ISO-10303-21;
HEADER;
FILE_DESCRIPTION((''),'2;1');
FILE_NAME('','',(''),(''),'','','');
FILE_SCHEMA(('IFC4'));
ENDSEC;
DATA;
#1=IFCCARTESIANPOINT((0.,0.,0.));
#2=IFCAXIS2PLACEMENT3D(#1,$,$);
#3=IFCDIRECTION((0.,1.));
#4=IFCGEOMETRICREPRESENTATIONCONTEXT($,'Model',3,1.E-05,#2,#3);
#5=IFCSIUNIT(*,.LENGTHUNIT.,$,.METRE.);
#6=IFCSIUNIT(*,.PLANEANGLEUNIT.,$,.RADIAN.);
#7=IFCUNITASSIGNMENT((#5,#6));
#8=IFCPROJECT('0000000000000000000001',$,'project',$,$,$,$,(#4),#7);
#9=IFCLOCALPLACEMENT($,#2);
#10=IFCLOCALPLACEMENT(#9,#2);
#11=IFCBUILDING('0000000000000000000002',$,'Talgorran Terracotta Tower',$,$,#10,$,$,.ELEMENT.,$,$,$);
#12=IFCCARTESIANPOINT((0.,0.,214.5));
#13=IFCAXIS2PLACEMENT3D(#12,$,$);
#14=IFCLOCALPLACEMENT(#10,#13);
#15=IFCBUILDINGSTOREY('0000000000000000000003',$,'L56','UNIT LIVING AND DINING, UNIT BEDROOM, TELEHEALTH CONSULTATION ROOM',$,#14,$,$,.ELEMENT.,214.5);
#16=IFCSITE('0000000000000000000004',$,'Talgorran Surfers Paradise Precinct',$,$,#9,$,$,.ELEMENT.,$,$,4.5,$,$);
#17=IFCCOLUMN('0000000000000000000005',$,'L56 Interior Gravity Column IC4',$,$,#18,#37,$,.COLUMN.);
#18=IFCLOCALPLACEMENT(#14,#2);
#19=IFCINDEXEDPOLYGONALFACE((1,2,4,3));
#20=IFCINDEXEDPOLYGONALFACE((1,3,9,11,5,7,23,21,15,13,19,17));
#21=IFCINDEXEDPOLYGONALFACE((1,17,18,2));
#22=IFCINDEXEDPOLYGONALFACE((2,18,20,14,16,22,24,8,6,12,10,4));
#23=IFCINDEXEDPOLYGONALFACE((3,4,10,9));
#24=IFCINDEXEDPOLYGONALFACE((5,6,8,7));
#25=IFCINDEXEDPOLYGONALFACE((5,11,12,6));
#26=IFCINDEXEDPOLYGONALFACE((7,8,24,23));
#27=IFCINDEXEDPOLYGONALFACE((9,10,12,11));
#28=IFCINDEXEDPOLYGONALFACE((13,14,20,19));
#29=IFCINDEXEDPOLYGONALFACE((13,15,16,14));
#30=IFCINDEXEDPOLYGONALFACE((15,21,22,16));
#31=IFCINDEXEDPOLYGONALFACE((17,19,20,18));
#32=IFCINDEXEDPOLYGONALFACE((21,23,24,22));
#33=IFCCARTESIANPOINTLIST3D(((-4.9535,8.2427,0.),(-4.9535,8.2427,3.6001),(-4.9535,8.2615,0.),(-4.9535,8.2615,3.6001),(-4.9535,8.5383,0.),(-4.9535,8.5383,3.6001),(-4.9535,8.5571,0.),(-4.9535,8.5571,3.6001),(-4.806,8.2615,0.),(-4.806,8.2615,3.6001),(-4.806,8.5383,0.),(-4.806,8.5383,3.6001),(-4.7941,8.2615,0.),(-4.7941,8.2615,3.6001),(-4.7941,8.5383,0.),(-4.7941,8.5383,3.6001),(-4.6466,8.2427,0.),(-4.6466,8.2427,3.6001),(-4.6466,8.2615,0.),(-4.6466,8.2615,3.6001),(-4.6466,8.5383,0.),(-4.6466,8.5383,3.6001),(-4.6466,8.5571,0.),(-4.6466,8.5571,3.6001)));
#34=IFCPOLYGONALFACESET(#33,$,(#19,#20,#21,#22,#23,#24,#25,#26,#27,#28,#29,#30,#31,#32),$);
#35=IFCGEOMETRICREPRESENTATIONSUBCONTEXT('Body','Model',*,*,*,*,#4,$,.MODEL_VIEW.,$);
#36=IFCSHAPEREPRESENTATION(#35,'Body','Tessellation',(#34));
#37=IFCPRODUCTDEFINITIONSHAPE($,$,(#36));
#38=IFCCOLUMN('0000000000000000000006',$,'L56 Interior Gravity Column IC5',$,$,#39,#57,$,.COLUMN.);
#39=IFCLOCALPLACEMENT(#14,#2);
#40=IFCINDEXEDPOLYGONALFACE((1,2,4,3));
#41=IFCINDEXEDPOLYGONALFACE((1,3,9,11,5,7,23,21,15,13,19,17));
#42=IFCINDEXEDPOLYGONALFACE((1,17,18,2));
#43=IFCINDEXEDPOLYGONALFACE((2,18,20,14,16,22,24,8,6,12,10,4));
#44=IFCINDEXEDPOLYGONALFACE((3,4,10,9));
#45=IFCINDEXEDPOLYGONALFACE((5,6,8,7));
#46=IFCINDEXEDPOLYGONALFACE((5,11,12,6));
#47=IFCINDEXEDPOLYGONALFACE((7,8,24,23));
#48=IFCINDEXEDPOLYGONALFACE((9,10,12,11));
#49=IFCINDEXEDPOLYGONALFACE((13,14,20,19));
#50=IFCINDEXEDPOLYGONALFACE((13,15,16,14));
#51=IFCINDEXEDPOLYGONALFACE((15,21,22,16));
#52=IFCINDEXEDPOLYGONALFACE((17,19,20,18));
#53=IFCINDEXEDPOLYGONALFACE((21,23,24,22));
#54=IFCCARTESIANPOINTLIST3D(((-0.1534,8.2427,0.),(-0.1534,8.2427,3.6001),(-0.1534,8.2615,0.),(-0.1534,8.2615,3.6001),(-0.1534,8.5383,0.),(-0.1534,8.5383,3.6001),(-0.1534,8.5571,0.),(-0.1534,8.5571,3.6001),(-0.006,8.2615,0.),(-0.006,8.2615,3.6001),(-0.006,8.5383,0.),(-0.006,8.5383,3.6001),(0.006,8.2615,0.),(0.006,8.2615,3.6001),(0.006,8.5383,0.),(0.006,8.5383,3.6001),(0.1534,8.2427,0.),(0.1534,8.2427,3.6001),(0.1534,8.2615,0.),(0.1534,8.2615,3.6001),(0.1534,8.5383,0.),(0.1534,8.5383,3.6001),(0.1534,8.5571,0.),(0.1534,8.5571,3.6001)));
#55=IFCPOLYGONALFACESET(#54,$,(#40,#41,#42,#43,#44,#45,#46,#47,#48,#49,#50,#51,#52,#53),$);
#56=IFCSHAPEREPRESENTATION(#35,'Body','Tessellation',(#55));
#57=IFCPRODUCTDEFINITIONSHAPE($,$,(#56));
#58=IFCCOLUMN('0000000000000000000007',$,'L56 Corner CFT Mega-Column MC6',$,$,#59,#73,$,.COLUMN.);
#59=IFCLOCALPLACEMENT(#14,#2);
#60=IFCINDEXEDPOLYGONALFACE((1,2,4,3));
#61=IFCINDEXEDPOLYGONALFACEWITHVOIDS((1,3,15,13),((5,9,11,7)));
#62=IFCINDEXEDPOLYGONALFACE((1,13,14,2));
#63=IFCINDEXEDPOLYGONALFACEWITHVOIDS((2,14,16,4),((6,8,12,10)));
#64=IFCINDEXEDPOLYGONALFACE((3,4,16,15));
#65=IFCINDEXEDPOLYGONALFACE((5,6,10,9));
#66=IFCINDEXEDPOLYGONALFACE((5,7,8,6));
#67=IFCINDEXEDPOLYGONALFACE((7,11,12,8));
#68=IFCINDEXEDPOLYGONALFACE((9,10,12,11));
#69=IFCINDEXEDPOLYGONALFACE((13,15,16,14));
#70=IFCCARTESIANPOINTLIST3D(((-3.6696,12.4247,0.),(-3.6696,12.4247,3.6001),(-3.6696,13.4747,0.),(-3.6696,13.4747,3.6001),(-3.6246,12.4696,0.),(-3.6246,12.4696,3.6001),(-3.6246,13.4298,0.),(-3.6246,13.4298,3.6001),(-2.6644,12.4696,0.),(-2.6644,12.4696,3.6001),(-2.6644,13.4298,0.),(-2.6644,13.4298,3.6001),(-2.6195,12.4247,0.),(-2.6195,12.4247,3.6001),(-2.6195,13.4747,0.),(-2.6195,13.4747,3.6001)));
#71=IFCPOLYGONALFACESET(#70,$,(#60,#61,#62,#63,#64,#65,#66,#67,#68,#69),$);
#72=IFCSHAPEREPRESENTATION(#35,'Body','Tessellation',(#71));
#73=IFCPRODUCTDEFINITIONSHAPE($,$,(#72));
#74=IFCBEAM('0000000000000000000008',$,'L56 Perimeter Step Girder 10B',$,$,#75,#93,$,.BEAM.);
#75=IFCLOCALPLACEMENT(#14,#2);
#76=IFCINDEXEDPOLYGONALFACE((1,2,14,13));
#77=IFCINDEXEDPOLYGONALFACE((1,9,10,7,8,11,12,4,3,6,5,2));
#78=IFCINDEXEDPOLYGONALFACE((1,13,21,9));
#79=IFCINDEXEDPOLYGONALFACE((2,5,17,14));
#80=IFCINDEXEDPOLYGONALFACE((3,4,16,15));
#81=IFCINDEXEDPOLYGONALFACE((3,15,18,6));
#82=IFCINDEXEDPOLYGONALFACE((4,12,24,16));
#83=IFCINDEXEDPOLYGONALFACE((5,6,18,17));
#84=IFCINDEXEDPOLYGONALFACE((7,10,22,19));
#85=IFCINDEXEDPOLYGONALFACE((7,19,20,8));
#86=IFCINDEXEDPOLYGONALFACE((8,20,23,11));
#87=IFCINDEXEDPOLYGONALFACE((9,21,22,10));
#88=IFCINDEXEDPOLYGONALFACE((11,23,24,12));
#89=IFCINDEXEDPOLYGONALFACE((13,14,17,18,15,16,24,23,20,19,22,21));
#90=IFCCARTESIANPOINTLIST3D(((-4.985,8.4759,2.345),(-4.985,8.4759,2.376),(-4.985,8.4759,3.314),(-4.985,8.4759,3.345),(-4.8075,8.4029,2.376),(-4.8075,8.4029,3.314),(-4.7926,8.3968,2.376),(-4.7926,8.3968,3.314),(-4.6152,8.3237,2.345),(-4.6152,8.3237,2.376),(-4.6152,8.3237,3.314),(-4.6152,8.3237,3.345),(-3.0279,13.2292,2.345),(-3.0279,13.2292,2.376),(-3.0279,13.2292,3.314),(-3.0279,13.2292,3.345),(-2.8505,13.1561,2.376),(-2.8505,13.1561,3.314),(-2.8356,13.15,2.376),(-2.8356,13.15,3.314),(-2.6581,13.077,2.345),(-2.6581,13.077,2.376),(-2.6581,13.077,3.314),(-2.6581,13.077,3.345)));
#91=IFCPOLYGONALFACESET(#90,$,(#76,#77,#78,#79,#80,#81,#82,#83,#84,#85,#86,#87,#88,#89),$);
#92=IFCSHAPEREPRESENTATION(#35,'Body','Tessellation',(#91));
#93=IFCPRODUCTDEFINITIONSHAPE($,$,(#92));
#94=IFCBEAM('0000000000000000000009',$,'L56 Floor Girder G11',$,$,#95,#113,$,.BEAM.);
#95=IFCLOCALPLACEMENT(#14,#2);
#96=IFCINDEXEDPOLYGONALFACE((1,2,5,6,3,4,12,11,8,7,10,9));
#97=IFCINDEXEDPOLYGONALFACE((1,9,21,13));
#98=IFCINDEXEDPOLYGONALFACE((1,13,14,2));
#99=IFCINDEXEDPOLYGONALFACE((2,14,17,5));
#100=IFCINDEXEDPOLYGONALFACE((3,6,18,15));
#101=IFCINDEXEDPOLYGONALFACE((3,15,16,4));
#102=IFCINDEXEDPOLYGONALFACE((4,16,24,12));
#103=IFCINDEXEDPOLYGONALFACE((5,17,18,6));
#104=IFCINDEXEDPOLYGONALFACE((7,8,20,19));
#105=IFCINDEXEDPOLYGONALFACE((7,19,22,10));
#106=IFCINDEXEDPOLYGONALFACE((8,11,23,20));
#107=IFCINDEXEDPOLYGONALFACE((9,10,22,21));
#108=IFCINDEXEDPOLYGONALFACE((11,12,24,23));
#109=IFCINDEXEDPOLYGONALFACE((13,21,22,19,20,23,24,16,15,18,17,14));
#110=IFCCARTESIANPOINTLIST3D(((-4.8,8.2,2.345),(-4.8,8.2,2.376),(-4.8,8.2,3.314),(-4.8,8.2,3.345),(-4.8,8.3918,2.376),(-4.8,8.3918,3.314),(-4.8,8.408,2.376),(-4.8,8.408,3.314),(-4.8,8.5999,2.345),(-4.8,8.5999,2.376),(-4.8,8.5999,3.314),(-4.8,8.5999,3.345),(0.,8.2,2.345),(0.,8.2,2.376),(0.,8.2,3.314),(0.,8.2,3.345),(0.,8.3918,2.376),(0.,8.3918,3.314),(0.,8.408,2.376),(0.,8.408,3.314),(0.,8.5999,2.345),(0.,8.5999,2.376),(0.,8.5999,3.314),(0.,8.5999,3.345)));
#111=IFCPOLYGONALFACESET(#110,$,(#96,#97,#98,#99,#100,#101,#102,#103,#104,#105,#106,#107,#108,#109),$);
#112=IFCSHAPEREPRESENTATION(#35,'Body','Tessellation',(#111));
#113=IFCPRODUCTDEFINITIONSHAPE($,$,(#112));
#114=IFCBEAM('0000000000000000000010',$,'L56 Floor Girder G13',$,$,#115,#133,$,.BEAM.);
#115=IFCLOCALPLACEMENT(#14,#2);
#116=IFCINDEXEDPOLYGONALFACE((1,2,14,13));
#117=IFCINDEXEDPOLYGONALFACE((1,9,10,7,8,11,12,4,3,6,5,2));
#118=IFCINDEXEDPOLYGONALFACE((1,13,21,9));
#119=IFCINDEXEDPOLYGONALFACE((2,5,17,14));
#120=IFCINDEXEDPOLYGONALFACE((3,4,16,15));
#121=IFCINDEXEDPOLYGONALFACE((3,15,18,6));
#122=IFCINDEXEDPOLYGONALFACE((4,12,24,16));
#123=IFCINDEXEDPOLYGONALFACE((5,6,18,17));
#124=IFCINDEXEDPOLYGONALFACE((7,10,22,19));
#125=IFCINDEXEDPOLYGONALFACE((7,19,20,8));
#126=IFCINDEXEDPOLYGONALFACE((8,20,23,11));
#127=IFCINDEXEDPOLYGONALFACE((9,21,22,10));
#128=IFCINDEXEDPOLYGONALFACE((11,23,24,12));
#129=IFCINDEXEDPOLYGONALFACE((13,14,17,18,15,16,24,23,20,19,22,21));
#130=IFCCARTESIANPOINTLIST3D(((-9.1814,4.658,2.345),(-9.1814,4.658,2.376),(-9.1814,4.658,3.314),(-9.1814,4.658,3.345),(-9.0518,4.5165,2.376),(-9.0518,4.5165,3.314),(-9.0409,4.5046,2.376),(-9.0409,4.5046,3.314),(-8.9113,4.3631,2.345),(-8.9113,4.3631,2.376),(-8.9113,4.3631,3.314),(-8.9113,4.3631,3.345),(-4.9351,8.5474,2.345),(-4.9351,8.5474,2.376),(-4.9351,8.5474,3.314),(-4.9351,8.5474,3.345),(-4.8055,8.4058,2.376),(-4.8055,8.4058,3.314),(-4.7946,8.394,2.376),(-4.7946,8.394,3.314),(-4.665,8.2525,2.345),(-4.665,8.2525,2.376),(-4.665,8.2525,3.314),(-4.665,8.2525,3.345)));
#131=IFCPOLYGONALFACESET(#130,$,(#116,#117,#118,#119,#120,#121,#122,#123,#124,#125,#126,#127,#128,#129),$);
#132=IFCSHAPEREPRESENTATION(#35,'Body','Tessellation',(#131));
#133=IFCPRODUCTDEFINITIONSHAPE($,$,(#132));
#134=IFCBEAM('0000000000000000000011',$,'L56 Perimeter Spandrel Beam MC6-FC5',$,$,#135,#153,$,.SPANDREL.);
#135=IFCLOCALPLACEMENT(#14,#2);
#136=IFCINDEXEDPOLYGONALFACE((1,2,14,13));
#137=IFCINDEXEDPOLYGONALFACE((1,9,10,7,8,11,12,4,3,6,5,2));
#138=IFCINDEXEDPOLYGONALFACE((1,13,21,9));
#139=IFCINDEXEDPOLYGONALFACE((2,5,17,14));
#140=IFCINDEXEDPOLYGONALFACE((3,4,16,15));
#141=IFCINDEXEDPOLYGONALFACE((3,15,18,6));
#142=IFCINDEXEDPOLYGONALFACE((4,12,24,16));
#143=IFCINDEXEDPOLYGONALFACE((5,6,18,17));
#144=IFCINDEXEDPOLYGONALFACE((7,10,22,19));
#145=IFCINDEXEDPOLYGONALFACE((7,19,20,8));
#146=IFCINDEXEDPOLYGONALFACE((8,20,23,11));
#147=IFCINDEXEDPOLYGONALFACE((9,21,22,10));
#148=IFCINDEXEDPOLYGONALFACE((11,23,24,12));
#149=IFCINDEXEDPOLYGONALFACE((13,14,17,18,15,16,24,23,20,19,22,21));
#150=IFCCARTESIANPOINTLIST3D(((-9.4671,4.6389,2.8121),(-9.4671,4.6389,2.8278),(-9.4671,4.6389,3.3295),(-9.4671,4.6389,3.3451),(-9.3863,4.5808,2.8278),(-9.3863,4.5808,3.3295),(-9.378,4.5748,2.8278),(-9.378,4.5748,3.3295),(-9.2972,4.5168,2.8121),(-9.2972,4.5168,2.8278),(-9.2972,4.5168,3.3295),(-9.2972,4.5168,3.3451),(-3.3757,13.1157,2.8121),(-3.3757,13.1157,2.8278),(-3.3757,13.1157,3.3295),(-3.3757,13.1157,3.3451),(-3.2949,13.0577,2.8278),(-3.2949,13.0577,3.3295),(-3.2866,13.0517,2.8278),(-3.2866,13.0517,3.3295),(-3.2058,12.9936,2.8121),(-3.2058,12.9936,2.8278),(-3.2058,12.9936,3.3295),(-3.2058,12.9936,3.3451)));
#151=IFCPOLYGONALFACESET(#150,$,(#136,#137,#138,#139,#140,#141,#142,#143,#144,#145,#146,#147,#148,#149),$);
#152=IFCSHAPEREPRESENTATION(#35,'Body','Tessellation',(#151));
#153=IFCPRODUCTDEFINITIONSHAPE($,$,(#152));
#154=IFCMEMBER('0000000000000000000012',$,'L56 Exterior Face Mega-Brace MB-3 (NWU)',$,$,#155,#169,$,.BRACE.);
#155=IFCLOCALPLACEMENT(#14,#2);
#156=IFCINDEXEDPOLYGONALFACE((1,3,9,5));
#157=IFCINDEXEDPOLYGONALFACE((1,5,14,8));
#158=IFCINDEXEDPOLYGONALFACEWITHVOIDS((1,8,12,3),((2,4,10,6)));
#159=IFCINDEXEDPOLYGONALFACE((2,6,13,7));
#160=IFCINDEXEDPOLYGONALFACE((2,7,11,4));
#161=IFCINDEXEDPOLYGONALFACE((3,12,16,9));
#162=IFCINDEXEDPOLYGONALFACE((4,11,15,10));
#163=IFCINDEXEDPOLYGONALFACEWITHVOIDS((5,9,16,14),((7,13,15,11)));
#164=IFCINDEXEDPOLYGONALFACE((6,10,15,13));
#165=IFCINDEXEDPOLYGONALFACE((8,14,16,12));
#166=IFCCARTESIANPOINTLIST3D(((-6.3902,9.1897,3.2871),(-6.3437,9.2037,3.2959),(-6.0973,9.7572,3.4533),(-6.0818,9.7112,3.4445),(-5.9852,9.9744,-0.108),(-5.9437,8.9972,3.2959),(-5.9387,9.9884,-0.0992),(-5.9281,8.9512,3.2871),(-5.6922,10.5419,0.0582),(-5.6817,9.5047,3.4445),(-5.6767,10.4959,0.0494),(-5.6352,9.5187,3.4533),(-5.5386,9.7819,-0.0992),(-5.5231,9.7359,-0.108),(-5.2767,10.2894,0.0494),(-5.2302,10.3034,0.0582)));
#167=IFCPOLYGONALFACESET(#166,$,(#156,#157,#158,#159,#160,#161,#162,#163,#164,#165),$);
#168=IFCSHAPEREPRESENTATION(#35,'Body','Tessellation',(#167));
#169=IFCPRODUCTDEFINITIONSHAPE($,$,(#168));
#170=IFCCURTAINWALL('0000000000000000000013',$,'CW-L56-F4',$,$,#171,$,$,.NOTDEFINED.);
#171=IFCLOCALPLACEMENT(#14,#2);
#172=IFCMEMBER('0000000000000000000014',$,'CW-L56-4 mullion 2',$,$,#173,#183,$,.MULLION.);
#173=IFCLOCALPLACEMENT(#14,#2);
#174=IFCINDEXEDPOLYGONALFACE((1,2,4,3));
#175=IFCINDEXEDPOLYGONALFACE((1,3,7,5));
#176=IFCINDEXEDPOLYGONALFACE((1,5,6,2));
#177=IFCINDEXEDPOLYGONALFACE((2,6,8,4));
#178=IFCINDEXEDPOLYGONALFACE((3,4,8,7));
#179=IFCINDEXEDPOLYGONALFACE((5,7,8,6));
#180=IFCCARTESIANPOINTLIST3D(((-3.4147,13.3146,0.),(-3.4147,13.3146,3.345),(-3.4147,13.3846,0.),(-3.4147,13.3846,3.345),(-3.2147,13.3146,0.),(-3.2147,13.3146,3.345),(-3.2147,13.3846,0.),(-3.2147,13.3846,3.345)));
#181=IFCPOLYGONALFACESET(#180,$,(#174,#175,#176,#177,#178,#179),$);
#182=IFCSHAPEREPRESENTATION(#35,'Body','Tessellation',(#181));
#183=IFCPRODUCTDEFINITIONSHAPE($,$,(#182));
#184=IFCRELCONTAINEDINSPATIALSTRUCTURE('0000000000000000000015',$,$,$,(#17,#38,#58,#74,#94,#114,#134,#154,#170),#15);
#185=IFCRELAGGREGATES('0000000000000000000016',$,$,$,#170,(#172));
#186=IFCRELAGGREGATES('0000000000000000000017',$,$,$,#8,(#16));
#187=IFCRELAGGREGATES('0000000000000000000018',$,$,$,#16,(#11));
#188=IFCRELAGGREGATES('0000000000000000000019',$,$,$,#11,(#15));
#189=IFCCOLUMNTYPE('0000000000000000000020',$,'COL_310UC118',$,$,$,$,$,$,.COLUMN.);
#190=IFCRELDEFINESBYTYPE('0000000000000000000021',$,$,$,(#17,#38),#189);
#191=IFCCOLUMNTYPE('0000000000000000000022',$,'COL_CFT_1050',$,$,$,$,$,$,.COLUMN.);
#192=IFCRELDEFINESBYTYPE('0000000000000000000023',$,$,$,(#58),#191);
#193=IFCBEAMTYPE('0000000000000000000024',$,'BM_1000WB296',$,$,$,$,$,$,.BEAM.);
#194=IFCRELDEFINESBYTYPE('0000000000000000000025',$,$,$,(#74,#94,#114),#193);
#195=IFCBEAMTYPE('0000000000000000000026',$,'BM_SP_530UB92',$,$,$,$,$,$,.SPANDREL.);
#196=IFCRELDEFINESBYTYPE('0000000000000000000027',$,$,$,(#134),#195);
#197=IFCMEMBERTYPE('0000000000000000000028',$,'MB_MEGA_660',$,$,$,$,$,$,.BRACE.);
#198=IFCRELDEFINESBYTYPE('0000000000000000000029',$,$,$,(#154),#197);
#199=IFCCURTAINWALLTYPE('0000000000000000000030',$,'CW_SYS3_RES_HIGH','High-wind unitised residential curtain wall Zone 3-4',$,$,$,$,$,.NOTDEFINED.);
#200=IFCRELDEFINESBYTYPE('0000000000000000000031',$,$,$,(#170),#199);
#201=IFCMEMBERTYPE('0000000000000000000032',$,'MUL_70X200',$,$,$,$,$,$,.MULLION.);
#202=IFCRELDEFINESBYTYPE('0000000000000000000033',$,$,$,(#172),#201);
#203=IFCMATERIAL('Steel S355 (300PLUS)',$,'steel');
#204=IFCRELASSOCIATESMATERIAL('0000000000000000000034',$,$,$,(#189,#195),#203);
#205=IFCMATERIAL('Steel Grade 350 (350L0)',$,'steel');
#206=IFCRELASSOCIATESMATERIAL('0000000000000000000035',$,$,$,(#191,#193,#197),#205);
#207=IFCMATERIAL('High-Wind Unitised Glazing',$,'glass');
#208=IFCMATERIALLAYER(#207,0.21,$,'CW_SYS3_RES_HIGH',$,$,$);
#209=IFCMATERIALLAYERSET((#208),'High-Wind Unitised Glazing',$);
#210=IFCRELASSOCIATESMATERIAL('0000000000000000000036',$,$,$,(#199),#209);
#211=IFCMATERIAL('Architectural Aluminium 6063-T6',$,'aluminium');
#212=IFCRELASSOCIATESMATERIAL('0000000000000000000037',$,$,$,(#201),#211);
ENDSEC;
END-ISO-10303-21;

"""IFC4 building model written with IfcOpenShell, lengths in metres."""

from ifc_helpers import new_model, si_unit, direction, frame, origin, origin_2d, place, context, subcontext, project, spatial, rectangle, hollow_rectangle, i_section, extrude, material, layer, layer_set, material_profile, profile_set, type_object, element, aggregate, save


model = new_model("IFC4")

# Units and contexts
model_context = context("Model", 3, precision=1e-05, world=origin(), true_north=direction((0.0, 1.0)))
body_context = subcontext(model_context, "Body", "Model", "MODEL_VIEW")
ifc_project = project(units=[si_unit("LENGTHUNIT", "METRE"), si_unit("PLANEANGLEUNIT", "RADIAN")], contexts=[model_context])

# Site, building, storey
site_placement = place(None, origin())
site = spatial("IfcSite", under=ifc_project, at=site_placement, Name="Talgorran Surfers Paradise Precinct", CompositionType="ELEMENT", RefElevation=4.5)
building_placement = place(site_placement, origin())
building = spatial("IfcBuilding", under=site, at=building_placement, Name="Talgorran Terracotta Tower", CompositionType="ELEMENT")
storey_placement = place(building_placement, frame((0.0, 0.0, 214.5)))
storey = spatial("IfcBuildingStorey", under=building, at=storey_placement, Name="L56", Description="UNIT LIVING AND DINING, UNIT BEDROOM, TELEHEALTH CONSULTATION ROOM", CompositionType="ELEMENT", Elevation=214.5)

# Columns
ifc_material_1 = material(Name="Steel S355 (300PLUS)", Category="steel")
ifc_material_profile_1 = material_profile(ifc_material_1, i_section(OverallWidth=0.3069, OverallDepth=0.3145, WebThickness=0.012, FlangeThickness=0.0188, at=origin_2d()), Name="310UC118")
ifc_profile_set_1 = profile_set([ifc_material_profile_1], Name="Steel S355 (300PLUS)")
column_type_1 = type_object("IfcColumnType", Name="COL_310UC118", PredefinedType="COLUMN", material=ifc_profile_set_1)
for number, where, z_axis, x_axis, name in (
    (1, (-4.8, 8.3999, 0.0), (0.0, 0.0, 1.0), (1.0, 0.0, 0.0), "L56 Interior Gravity Column IC4"),
    (2, (0.0, 8.3999, 0.0), (0.0, 0.0, 1.0), (1.0, 0.0, 0.0), "L56 Interior Gravity Column IC5"),
):
    element("IfcColumn", number, at=place(storey_placement, frame(where, z_axis=z_axis, x_axis=x_axis)), inside=storey, type_object=column_type_1, Name=name, PredefinedType="COLUMN", context=body_context, shape_type="SweptSolid", body=[
        extrude(i_section(OverallWidth=0.3069, OverallDepth=0.3145, WebThickness=0.012, FlangeThickness=0.0188, at=origin_2d()), origin(), (0.0, 0.0, 1.0), 3.6001),
    ])
ifc_material_2 = material(Name="Steel Grade 350 (350L0)", Category="steel")
ifc_material_profile_2 = material_profile(ifc_material_2, hollow_rectangle(XDim=1.05, YDim=1.05, WallThickness=0.0449, at=origin_2d()), Name="CFT1050X1050X45")
ifc_profile_set_2 = profile_set([ifc_material_profile_2], Name="Steel Grade 350 (350L0)")
column_type_2 = type_object("IfcColumnType", Name="COL_CFT_1050", PredefinedType="COLUMN", material=ifc_profile_set_2)
column_placement = place(storey_placement, frame((-3.1445, 12.9497, 0.0), z_axis=(0.0, 0.0, 1.0), x_axis=(1.0, 0.0, 0.0)))
element("IfcColumn", 3, at=column_placement, inside=storey, type_object=column_type_2, Name="L56 Corner CFT Mega-Column MC6", PredefinedType="COLUMN", context=body_context, shape_type="SweptSolid", body=[
    extrude(hollow_rectangle(XDim=1.05, YDim=1.05, WallThickness=0.0449, at=origin_2d()), origin(), (0.0, 0.0, 1.0), 3.6001),
])

# Beams
ifc_material_profile_3 = material_profile(ifc_material_2, i_section(OverallWidth=0.3999, OverallDepth=1.0, WebThickness=0.0161, FlangeThickness=0.031, at=origin_2d()), Name="1000WB296")
ifc_profile_set_3 = profile_set([ifc_material_profile_3], Name="Steel Grade 350 (350L0)")
beam_type_1 = type_object("IfcBeamType", Name="BM_1000WB296", PredefinedType="BEAM", material=ifc_profile_set_3)
beam_1_placement = place(storey_placement, frame((-2.843, 13.1531, 2.845), z_axis=(-0.380724, -0.924689, 0.0), x_axis=(0.924689, -0.380724, 0.0)))
element("IfcBeam", 4, at=beam_1_placement, inside=storey, type_object=beam_type_1, Name="L56 Perimeter Step Girder 10B", PredefinedType="BEAM", context=body_context, shape_type="SweptSolid", body=[
    extrude(i_section(OverallWidth=0.3999, OverallDepth=1.0, WebThickness=0.0161, FlangeThickness=0.031, at=origin_2d()), origin(), (0.0, 0.0, 1.0), 5.1404),
])
beam_2_placement = place(storey_placement, frame((-4.8, 8.3999, 2.845), z_axis=(1.0, 0.0, 0.0), x_axis=(0.0, 1.0, 0.0)))
element("IfcBeam", 5, at=beam_2_placement, inside=storey, type_object=beam_type_1, Name="L56 Floor Girder G11", PredefinedType="BEAM", context=body_context, shape_type="SweptSolid", body=[
    extrude(i_section(OverallWidth=0.3999, OverallDepth=1.0, WebThickness=0.0161, FlangeThickness=0.031, at=origin_2d()), origin(), (0.0, 0.0, 1.0), 4.8),
])
beam_3_placement = place(storey_placement, frame((-4.8, 8.3999, 2.845), z_axis=(-0.73742, -0.675435, 0.0), x_axis=(0.675435, -0.73742, 0.0)))
element("IfcBeam", 6, at=beam_3_placement, inside=storey, type_object=beam_type_1, Name="L56 Floor Girder G13", PredefinedType="BEAM", context=body_context, shape_type="SweptSolid", body=[
    extrude(i_section(OverallWidth=0.3999, OverallDepth=1.0, WebThickness=0.0161, FlangeThickness=0.031, at=origin_2d()), origin(), (0.0, 0.0, 1.0), 5.7583),
])
ifc_material_profile_4 = material_profile(ifc_material_1, i_section(OverallWidth=0.2092, OverallDepth=0.533, WebThickness=0.0103, FlangeThickness=0.0156, at=origin_2d()), Name="530UB92.4")
ifc_profile_set_4 = profile_set([ifc_material_profile_4], Name="Steel S355 (300PLUS)")
beam_type_2 = type_object("IfcBeamType", Name="BM_SP_530UB92", PredefinedType="SPANDREL", material=ifc_profile_set_4)
beam_4_placement = place(storey_placement, frame((-3.2908, 13.0547, 3.0786), z_axis=(-0.583548, -0.812079, 0.0), x_axis=(0.812079, -0.583548, 0.0)))
element("IfcBeam", 7, at=beam_4_placement, inside=storey, type_object=beam_type_2, Name="L56 Perimeter Spandrel Beam MC6-FC5", PredefinedType="SPANDREL", context=body_context, shape_type="SweptSolid", body=[
    extrude(i_section(OverallWidth=0.2092, OverallDepth=0.533, WebThickness=0.0103, FlangeThickness=0.0156, at=origin_2d()), origin(), (0.0, 0.0, 1.0), 10.4385),
])

# Member
ifc_material_profile_5 = material_profile(ifc_material_2, hollow_rectangle(XDim=0.52, YDim=0.6599, WallThickness=0.0349, at=origin_2d()), Name="WBOX660X520X35")
ifc_profile_set_5 = profile_set([ifc_material_profile_5], Name="Steel Grade 350 (350L0)")
member_type_1 = type_object("IfcMemberType", Name="MB_MEGA_660", PredefinedType="BRACE", material=ifc_profile_set_5)
member_1_placement = place(storey_placement, frame((-5.6077, 10.1389, -0.0249), z_axis=(-0.115459, -0.223681, 0.9678), x_axis=(0.888602, -0.458678, 0.0)))
element("IfcMember", 8, at=member_1_placement, inside=storey, type_object=member_type_1, Name="L56 Exterior Face Mega-Brace MB-3 (NWU)", PredefinedType="BRACE", context=body_context, shape_type="SweptSolid", body=[
    extrude(hollow_rectangle(XDim=0.52, YDim=0.6599, WallThickness=0.0349, at=origin_2d()), origin(), (0.0, 0.0, 1.0), 3.5081),
])

# Curtain wall, member
ifc_material_3 = material(Name="High-Wind Unitised Glazing", Category="glass")
ifc_layer_1 = layer(ifc_material_3, 0.21, Name="CW_SYS3_RES_HIGH")
ifc_layer_set_1 = layer_set([ifc_layer_1], Name="High-Wind Unitised Glazing")
curtain_wall_type = type_object("IfcCurtainWallType", Name="CW_SYS3_RES_HIGH", Description="High-wind unitised residential curtain wall Zone 3-4", PredefinedType="NOTDEFINED", material=ifc_layer_set_1)
curtain_wall_1_placement = place(storey_placement, origin())
curtain_wall_1 = element("IfcCurtainWall", 9, at=curtain_wall_1_placement, inside=storey, type_object=curtain_wall_type, Name="CW-L56-F4", PredefinedType="NOTDEFINED")
ifc_material_4 = material(Name="Architectural Aluminium 6063-T6", Category="aluminium")
ifc_material_profile_6 = material_profile(ifc_material_4, rectangle(XDim=0.0701, YDim=0.2, at=origin_2d()), Name="CWM70X200")
ifc_profile_set_6 = profile_set([ifc_material_profile_6], Name="Architectural Aluminium 6063-T6")
member_type_2 = type_object("IfcMemberType", Name="MUL_70X200", PredefinedType="MULLION", material=ifc_profile_set_6)
member_2_placement = place(storey_placement, frame((-3.3147, 13.3496, 0.0), z_axis=(0.0, 0.0, 1.0), x_axis=(0.0, -1.0, 0.0)))
member_2 = element("IfcMember", 10, at=member_2_placement, type_object=member_type_2, Name="CW-L56-4 mullion 2", PredefinedType="MULLION", context=body_context, shape_type="SweptSolid", body=[
    extrude(rectangle(XDim=0.0701, YDim=0.2, at=origin_2d()), origin(), (0.0, 0.0, 1.0), 3.345),
])
aggregate(curtain_wall_1, [member_2])

save(model, "model.ifc")
